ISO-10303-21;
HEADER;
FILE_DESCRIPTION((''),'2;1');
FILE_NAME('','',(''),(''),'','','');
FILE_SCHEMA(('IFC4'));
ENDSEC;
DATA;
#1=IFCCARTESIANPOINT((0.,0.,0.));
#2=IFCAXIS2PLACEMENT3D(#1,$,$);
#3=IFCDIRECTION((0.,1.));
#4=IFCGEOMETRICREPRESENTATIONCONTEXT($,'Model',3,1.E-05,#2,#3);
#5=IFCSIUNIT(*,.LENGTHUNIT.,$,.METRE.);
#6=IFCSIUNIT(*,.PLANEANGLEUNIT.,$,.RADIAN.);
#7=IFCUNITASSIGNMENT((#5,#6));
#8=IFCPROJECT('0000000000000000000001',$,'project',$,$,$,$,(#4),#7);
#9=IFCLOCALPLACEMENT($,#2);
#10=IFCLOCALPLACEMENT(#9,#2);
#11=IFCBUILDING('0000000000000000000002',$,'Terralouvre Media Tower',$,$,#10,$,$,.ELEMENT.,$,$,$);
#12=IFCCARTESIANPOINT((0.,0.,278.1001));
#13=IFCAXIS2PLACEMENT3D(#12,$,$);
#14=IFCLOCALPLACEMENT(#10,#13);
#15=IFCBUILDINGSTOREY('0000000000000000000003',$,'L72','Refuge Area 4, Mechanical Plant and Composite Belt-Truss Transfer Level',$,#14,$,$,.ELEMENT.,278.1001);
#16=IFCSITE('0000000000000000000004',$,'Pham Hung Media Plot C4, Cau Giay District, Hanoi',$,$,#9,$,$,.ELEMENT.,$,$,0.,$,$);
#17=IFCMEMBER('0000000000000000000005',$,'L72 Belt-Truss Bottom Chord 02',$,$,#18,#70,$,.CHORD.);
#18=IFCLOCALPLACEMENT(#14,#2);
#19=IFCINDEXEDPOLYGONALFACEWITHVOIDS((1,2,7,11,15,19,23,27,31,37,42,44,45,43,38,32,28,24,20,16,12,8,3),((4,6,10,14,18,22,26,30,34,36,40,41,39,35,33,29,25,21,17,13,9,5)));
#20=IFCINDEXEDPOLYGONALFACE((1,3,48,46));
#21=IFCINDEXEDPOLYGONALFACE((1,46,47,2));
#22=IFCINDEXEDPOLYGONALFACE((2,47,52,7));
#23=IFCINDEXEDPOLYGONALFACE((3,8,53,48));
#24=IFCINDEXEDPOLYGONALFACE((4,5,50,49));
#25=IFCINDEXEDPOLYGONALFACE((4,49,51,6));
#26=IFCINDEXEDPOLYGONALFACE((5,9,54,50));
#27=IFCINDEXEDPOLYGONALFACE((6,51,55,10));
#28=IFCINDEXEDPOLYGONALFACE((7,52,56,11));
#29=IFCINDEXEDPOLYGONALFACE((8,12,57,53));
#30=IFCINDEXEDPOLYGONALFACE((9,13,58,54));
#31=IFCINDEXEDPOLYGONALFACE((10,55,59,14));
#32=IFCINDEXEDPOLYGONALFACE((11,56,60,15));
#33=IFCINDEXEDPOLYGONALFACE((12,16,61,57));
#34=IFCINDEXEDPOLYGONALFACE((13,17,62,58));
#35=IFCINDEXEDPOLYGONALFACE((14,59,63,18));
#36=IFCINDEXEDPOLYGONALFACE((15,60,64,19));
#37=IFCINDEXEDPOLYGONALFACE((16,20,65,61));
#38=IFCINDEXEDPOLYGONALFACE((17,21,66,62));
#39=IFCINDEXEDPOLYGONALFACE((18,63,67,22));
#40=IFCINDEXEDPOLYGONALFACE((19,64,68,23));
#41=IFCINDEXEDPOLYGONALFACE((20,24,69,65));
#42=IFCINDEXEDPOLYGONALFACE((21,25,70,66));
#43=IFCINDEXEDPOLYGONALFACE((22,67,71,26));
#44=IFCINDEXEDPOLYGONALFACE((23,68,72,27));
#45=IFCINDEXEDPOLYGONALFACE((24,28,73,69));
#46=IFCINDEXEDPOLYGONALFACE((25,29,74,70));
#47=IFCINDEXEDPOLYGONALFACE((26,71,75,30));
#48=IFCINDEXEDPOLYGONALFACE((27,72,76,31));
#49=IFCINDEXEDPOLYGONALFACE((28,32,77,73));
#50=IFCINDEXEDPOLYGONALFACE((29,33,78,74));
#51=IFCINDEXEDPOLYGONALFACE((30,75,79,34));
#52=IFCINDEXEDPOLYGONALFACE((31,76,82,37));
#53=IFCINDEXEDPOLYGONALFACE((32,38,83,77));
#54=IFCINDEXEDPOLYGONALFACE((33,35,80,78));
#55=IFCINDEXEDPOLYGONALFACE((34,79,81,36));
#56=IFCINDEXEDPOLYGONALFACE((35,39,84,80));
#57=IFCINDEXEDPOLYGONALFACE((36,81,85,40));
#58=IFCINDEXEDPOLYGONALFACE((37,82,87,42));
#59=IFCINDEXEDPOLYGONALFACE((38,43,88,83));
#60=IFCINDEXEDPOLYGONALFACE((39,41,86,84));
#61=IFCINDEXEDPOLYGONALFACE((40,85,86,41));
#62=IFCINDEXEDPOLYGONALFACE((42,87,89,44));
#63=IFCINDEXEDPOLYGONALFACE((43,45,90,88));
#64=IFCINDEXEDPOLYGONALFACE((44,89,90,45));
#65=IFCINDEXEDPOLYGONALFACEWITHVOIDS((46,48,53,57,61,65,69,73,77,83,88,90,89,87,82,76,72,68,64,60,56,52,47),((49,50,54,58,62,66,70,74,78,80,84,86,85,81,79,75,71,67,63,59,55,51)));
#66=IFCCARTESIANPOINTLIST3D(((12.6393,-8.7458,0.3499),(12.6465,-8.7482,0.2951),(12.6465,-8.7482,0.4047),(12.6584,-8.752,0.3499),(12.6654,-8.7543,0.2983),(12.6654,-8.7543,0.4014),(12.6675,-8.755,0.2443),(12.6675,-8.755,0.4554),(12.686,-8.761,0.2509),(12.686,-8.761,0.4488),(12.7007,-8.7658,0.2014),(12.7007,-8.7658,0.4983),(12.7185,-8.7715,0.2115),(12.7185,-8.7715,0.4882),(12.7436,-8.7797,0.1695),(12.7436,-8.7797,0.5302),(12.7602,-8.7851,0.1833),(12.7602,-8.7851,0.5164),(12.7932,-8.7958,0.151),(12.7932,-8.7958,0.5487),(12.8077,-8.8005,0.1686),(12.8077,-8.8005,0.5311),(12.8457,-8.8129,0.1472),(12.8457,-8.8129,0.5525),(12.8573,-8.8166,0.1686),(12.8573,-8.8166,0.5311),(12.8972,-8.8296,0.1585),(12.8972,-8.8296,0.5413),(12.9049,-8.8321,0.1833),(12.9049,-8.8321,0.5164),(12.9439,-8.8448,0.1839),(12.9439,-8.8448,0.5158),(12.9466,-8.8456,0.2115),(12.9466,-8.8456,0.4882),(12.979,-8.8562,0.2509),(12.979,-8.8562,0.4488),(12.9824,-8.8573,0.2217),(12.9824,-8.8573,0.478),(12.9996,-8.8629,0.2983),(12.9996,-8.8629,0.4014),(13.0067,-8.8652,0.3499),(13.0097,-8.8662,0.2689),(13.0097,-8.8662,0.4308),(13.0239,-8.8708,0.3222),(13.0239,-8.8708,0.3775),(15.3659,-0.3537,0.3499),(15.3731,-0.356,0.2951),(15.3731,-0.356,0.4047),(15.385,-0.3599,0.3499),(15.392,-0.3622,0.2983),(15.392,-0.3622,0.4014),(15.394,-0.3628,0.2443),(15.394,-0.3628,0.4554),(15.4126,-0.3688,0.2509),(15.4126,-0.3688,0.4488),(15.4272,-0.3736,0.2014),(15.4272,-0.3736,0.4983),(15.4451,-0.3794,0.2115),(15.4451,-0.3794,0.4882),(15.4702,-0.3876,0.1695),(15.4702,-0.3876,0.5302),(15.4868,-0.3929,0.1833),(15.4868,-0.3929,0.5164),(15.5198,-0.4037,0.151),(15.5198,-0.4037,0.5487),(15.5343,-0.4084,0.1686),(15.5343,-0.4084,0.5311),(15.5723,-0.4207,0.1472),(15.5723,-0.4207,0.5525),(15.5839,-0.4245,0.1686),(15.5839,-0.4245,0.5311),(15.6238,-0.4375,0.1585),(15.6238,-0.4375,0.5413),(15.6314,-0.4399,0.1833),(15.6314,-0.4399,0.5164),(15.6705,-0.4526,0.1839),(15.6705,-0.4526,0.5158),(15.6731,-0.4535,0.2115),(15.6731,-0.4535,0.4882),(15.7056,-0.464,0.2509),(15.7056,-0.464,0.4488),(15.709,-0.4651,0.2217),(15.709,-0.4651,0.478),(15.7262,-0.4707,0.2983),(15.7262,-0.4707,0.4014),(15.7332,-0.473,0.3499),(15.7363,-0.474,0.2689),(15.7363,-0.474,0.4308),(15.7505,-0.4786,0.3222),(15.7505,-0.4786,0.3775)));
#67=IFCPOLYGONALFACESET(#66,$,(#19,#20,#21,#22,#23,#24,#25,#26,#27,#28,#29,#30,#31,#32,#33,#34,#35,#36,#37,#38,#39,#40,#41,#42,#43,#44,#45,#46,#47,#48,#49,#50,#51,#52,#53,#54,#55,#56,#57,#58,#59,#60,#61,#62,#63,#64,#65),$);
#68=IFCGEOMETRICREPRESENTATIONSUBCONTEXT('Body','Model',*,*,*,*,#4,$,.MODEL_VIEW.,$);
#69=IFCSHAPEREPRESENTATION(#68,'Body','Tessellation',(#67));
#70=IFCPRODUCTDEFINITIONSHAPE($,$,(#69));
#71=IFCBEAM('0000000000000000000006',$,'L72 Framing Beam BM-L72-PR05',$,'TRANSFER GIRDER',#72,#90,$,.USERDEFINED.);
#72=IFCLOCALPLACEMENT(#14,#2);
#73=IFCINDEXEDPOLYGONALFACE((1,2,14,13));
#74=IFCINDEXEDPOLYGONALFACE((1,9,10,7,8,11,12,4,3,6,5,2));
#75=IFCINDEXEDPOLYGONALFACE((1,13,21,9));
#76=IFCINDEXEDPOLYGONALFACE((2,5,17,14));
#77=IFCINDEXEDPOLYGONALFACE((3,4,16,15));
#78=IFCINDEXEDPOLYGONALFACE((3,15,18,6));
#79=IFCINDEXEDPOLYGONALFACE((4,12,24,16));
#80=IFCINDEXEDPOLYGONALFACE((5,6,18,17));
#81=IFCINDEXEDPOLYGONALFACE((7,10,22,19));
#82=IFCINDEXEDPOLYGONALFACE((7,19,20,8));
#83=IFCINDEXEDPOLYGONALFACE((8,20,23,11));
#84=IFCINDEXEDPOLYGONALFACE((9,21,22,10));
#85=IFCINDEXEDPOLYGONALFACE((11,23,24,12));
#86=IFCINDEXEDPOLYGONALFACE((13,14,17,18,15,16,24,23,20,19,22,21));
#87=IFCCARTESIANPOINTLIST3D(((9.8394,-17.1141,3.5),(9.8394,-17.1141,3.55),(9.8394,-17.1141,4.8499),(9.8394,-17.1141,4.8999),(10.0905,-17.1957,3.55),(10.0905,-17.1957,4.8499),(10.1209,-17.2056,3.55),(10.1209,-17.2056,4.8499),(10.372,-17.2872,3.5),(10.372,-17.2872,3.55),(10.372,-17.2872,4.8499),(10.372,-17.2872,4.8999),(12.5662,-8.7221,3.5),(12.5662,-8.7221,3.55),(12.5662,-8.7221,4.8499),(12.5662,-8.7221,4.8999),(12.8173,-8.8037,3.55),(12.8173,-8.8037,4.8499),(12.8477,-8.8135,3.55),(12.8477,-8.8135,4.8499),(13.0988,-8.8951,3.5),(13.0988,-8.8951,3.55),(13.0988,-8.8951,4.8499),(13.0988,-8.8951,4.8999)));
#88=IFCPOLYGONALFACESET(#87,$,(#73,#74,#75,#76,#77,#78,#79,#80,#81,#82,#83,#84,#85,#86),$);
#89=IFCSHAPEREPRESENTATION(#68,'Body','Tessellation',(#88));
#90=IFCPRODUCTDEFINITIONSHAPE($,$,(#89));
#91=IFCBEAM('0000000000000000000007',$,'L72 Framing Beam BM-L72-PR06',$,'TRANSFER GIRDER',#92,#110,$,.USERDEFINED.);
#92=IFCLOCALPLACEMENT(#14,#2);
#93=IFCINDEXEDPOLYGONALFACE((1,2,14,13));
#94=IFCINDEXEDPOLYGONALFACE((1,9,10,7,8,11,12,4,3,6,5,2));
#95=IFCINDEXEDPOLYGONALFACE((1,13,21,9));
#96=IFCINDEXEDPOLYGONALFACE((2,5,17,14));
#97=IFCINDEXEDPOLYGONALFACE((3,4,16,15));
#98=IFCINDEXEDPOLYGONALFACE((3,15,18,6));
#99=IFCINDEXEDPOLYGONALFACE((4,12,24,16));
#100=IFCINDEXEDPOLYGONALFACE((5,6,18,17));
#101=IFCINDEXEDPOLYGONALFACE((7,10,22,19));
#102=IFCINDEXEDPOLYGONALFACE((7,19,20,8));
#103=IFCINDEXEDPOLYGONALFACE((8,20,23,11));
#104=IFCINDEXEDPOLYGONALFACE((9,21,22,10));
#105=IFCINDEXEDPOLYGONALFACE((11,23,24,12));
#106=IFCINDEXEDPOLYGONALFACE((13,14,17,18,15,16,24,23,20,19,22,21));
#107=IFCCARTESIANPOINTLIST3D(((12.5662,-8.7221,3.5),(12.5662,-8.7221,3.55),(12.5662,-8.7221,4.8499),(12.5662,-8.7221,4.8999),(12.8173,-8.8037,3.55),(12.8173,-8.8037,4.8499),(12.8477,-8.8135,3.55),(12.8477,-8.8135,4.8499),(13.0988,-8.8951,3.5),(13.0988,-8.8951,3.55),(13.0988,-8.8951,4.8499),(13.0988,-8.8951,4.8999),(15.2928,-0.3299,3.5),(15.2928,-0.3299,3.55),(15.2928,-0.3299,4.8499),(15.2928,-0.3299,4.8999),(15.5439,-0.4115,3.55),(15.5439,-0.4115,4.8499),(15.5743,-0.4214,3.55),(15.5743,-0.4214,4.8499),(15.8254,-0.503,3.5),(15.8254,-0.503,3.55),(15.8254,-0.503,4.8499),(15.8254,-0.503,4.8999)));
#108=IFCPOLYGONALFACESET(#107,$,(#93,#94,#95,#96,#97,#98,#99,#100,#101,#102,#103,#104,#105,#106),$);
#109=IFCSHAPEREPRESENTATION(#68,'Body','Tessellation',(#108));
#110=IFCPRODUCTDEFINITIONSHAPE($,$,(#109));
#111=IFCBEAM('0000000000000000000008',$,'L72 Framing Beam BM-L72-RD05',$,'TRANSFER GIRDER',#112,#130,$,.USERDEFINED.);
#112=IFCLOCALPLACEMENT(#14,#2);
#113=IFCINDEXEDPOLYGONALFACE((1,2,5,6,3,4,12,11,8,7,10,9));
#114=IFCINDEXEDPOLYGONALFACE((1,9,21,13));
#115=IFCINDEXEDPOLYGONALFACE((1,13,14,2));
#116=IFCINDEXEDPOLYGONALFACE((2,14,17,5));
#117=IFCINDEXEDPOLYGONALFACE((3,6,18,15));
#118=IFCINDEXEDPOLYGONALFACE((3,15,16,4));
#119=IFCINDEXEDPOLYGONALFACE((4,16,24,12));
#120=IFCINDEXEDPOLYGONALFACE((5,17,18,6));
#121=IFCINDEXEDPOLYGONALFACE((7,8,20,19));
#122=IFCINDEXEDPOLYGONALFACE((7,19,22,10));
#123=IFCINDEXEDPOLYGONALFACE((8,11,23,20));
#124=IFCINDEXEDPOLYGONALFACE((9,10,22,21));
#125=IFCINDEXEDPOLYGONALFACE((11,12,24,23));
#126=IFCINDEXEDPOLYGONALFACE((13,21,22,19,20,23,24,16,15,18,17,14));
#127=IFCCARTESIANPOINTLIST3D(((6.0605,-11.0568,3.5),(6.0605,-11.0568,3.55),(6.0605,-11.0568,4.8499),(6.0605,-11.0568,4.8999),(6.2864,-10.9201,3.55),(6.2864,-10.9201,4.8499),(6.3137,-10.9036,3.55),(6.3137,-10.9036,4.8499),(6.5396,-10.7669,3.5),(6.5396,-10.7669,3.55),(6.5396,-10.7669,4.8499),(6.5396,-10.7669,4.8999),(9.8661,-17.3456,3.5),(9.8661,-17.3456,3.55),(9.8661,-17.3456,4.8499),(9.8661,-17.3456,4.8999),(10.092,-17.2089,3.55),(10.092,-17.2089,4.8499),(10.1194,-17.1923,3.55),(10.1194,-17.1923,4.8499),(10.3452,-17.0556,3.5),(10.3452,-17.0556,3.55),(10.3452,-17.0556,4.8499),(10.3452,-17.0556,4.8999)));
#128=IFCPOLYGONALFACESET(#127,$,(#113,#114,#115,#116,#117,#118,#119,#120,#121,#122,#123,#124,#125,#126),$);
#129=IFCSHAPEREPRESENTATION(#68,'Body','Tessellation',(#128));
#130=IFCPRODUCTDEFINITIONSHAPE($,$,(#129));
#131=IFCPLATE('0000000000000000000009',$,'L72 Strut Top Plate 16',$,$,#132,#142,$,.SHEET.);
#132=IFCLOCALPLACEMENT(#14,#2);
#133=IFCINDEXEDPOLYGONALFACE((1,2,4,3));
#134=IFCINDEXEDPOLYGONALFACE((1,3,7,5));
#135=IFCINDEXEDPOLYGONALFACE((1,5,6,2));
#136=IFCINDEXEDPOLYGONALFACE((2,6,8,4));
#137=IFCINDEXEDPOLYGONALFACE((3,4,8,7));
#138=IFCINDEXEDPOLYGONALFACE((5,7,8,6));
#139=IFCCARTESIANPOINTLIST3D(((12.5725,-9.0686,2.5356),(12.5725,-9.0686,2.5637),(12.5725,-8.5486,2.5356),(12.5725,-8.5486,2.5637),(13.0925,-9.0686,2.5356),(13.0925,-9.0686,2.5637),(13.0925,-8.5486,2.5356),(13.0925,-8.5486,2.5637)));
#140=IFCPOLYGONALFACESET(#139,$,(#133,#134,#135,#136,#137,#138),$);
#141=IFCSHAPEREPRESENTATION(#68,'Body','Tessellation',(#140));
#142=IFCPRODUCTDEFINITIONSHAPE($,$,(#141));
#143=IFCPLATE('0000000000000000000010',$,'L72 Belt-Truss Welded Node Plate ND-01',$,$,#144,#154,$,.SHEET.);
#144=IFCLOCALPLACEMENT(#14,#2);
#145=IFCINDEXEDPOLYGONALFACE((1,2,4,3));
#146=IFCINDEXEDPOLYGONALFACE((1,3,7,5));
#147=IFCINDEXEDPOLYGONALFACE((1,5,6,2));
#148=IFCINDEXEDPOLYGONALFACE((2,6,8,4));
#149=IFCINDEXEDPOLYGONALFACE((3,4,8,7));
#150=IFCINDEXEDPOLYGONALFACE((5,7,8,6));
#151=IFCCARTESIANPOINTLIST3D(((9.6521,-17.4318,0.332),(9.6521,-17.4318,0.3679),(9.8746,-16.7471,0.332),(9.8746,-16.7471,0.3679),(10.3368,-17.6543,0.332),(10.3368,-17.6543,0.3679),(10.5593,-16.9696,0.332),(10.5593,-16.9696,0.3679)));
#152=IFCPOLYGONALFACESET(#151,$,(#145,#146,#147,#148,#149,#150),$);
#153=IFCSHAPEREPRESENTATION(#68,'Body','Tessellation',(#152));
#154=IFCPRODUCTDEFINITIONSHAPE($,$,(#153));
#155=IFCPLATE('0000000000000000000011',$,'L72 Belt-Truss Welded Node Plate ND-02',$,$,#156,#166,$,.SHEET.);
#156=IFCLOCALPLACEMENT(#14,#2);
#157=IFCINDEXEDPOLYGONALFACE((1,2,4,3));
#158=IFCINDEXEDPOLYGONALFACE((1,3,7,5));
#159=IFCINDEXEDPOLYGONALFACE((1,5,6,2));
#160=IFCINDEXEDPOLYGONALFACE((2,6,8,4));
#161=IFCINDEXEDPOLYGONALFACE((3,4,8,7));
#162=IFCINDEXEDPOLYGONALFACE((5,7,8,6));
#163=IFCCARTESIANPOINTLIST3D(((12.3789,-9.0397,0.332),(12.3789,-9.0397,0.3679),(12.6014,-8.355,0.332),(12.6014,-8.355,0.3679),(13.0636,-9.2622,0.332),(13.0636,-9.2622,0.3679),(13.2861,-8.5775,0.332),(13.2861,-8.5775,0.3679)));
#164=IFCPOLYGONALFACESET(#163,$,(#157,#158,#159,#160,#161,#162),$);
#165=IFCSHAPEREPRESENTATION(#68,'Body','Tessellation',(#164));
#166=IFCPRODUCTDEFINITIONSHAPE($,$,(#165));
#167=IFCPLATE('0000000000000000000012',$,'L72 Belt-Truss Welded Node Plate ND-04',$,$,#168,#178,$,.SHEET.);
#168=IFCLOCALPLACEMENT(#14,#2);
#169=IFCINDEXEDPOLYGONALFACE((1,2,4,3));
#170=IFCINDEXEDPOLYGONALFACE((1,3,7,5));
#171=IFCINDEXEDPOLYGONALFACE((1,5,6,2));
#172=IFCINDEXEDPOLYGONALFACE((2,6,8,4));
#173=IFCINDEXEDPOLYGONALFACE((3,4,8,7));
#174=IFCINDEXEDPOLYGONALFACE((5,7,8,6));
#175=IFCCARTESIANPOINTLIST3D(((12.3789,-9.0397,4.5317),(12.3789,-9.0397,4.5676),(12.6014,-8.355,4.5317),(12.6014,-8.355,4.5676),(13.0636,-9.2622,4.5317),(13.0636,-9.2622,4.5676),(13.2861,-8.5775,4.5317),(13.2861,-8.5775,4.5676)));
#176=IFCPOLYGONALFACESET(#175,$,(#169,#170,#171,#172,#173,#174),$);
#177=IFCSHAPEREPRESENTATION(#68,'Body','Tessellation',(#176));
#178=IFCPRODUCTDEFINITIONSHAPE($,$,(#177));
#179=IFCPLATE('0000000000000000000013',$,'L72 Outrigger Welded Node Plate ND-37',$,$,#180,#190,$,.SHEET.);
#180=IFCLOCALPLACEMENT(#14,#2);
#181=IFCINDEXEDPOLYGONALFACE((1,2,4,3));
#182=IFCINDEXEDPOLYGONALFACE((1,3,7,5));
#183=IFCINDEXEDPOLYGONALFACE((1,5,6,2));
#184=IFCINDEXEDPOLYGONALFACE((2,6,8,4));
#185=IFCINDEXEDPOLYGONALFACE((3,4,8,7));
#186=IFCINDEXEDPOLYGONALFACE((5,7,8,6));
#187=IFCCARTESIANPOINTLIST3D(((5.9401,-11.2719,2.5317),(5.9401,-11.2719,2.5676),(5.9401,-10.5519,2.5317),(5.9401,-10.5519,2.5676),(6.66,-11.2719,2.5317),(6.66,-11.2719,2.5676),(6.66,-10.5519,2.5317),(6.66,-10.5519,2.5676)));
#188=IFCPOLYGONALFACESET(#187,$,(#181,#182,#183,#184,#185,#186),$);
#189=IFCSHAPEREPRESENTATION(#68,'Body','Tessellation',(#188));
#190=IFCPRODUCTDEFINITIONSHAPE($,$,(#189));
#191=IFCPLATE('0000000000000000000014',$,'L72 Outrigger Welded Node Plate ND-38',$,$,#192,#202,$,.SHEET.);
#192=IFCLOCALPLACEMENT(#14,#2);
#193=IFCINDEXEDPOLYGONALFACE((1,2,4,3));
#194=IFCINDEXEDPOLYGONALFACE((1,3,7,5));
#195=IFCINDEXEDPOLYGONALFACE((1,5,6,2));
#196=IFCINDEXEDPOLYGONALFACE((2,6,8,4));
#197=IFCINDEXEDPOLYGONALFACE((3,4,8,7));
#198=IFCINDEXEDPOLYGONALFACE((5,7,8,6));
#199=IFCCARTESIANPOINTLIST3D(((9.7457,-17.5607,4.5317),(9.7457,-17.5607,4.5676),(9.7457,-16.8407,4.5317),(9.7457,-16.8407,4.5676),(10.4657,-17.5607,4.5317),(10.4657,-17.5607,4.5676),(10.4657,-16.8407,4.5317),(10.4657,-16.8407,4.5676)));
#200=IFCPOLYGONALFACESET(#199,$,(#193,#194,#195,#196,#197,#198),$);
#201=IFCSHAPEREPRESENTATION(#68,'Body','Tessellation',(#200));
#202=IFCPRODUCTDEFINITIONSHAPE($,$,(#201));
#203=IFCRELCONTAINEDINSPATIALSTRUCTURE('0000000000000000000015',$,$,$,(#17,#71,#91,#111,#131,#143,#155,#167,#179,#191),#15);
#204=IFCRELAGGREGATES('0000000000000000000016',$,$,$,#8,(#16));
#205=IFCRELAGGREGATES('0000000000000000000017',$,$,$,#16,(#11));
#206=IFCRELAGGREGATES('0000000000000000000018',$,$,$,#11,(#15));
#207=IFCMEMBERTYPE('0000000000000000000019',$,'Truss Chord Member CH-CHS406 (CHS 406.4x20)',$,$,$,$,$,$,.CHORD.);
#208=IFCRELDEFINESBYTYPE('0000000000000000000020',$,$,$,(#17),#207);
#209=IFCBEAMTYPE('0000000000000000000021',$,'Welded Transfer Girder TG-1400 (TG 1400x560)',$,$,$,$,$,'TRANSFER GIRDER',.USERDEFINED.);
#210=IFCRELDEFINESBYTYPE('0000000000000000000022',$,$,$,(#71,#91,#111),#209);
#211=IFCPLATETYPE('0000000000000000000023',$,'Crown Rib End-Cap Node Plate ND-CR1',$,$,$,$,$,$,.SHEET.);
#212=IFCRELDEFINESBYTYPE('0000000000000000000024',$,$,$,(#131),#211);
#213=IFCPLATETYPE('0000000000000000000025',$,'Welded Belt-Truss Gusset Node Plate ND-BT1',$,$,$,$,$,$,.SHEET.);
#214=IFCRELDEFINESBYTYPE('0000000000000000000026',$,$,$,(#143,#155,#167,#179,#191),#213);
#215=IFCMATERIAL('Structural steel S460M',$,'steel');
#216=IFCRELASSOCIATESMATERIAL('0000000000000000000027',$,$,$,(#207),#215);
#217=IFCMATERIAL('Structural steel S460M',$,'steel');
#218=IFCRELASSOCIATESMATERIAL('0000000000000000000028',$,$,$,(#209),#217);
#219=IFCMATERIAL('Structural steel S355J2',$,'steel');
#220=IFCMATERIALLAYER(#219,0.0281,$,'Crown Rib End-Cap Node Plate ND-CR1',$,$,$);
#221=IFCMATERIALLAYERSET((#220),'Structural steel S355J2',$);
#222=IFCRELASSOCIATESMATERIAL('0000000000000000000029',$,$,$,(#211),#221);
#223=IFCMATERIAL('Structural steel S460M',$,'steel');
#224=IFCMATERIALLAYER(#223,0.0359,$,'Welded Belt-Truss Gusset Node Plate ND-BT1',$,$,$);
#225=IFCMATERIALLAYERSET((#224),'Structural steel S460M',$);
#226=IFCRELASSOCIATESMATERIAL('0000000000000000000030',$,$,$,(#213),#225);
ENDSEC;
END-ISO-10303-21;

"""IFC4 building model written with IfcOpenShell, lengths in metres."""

from ifc_helpers import new_model, si_unit, direction, frame, origin, origin_2d, place, context, subcontext, project, spatial, rectangle, hollow_circle, i_section, extrude, material, layer, layer_set, material_profile, profile_set, type_object, element, save


model = new_model("IFC4")

# Units and contexts
model_context = context("Model", 3, precision=1e-05, world=origin(), true_north=direction((0.0, 1.0)))
body_context = subcontext(model_context, "Body", "Model", "MODEL_VIEW")
ifc_project = project(units=[si_unit("LENGTHUNIT", "METRE"), si_unit("PLANEANGLEUNIT", "RADIAN")], contexts=[model_context])

# Site, building, storey
site_placement = place(None, origin())
site = spatial("IfcSite", under=ifc_project, at=site_placement, Name="Pham Hung Media Plot C4, Cau Giay District, Hanoi", CompositionType="ELEMENT", RefElevation=0.0)
building_placement = place(site_placement, origin())
building = spatial("IfcBuilding", under=site, at=building_placement, Name="Terralouvre Media Tower", CompositionType="ELEMENT")
storey_placement = place(building_placement, frame((0.0, 0.0, 278.1001)))
storey = spatial("IfcBuildingStorey", under=building, at=storey_placement, Name="L72", Description="Refuge Area 4, Mechanical Plant and Composite Belt-Truss Transfer Level", CompositionType="ELEMENT", Elevation=278.1001)

# Member
ifc_material_1 = material(Name="Structural steel S460M", Category="steel")
ifc_material_profile_1 = material_profile(ifc_material_1, hollow_circle(Radius=0.2031, WallThickness=0.02, at=origin_2d()), Name="CHS 406.4x20")
ifc_profile_set_1 = profile_set([ifc_material_profile_1], Name="Structural steel S460M")
member_type_1 = type_object("IfcMemberType", Name="Truss Chord Member CH-CHS406 (CHS 406.4x20)", PredefinedType="CHORD", material=ifc_profile_set_1)
for number, where, z_axis, x_axis, name in (
    (1, (12.8325, -8.8086, 0.3499), (0.308997, 0.951063, 0.0), (-0.951063, 0.308997, 0.0), "L72 Belt-Truss Bottom Chord 02"),
):
    element("IfcMember", number, at=place(storey_placement, frame(where, z_axis=z_axis, x_axis=x_axis)), inside=storey, type_object=member_type_1, Name=name, PredefinedType="CHORD", context=body_context, shape_type="SweptSolid", body=[
        extrude(hollow_circle(Radius=0.2031, WallThickness=0.02, at=origin_2d()), origin(), (0.0, 0.0, 1.0), 8.824),
    ])

# Beams
ifc_material_2 = material(Name="Structural steel S460M", Category="steel")
ifc_material_profile_2 = material_profile(ifc_material_2, i_section(OverallWidth=0.5601, OverallDepth=1.3999, WebThickness=0.032, FlangeThickness=0.05, at=origin_2d()), Name="TG 1400x560")
ifc_profile_set_2 = profile_set([ifc_material_profile_2], Name="Structural steel S460M")
beam_type_1 = type_object("IfcBeamType", Name="Welded Transfer Girder TG-1400 (TG 1400x560)", ElementType="TRANSFER GIRDER", PredefinedType="USERDEFINED", material=ifc_profile_set_2)
for number, where, z_axis, x_axis, name in (
    (2, (10.1057, -17.2007, 4.2), (0.309022, 0.951055, 0.0), (-0.951055, 0.309022, 0.0), "L72 Framing Beam BM-L72-PR05"),
    (3, (12.8325, -8.8086, 4.2), (0.308997, 0.951063, 0.0), (-0.951063, 0.308997, 0.0), "L72 Framing Beam BM-L72-PR06"),
):
    element("IfcBeam", number, at=place(storey_placement, frame(where, z_axis=z_axis, x_axis=x_axis)), inside=storey, type_object=beam_type_1, Name=name, ObjectType="TRANSFER GIRDER", PredefinedType="USERDEFINED", context=body_context, shape_type="SweptSolid", body=[
        extrude(i_section(OverallWidth=0.5601, OverallDepth=1.3999, WebThickness=0.032, FlangeThickness=0.05, at=origin_2d()), origin(), (0.0, 0.0, 1.0), 8.824),
    ])
beam_1_placement = place(storey_placement, frame((6.3, -10.9119, 4.2), z_axis=(0.51773, -0.855544, 0.0), x_axis=(0.855544, 0.51773, 0.0)))
element("IfcBeam", 4, at=beam_1_placement, inside=storey, type_object=beam_type_1, Name="L72 Framing Beam BM-L72-RD05", ObjectType="TRANSFER GIRDER", PredefinedType="USERDEFINED", context=body_context, shape_type="SweptSolid", body=[
    extrude(i_section(OverallWidth=0.5601, OverallDepth=1.3999, WebThickness=0.032, FlangeThickness=0.05, at=origin_2d()), origin(), (0.0, 0.0, 1.0), 7.3506),
])

# Plates
ifc_material_3 = material(Name="Structural steel S355J2", Category="steel")
ifc_layer_1 = layer(ifc_material_3, 0.0281, Name="Crown Rib End-Cap Node Plate ND-CR1")
ifc_layer_set_1 = layer_set([ifc_layer_1], Name="Structural steel S355J2")
plate_type_1 = type_object("IfcPlateType", Name="Crown Rib End-Cap Node Plate ND-CR1", PredefinedType="SHEET", material=ifc_layer_set_1)
plate_placement = place(storey_placement, frame((12.8325, -8.8086, 2.5356), z_axis=(0.0, 0.0, 1.0), x_axis=(1.0, 0.0, 0.0)))
element("IfcPlate", 5, at=plate_placement, inside=storey, type_object=plate_type_1, Name="L72 Strut Top Plate 16", PredefinedType="SHEET", context=body_context, shape_type="SweptSolid", body=[
    extrude(rectangle(XDim=0.52, YDim=0.52, at=origin_2d()), origin(), (0.0, 0.0, 1.0), 0.0281),
])
ifc_material_4 = material(Name="Structural steel S460M", Category="steel")
ifc_layer_2 = layer(ifc_material_4, 0.0359, Name="Welded Belt-Truss Gusset Node Plate ND-BT1")
ifc_layer_set_2 = layer_set([ifc_layer_2], Name="Structural steel S460M")
plate_type_2 = type_object("IfcPlateType", Name="Welded Belt-Truss Gusset Node Plate ND-BT1", PredefinedType="SHEET", material=ifc_layer_set_2)
for number, where, z_axis, x_axis, name in (
    (6, (10.1057, -17.2007, 0.332), (0.0, 0.0, 1.0), (0.309017, 0.951057, 0.0), "L72 Belt-Truss Welded Node Plate ND-01"),
    (7, (12.8325, -8.8086, 0.332), (0.0, 0.0, 1.0), (0.309017, 0.951057, 0.0), "L72 Belt-Truss Welded Node Plate ND-02"),
    (8, (12.8325, -8.8086, 4.5317), (0.0, 0.0, 1.0), (0.309017, 0.951057, 0.0), "L72 Belt-Truss Welded Node Plate ND-04"),
    (9, (6.3, -10.9119, 2.5317), (0.0, 0.0, 1.0), (1.0, 0.0, 0.0), "L72 Outrigger Welded Node Plate ND-37"),
    (10, (10.1057, -17.2007, 4.5317), (0.0, 0.0, 1.0), (1.0, 0.0, 0.0), "L72 Outrigger Welded Node Plate ND-38"),
):
    element("IfcPlate", number, at=place(storey_placement, frame(where, z_axis=z_axis, x_axis=x_axis)), inside=storey, type_object=plate_type_2, Name=name, PredefinedType="SHEET", context=body_context, shape_type="SweptSolid", body=[
        extrude(rectangle(XDim=0.72, YDim=0.72, at=origin_2d()), origin(), (0.0, 0.0, 1.0), 0.0359),
    ])

save(model, "model.ifc")
